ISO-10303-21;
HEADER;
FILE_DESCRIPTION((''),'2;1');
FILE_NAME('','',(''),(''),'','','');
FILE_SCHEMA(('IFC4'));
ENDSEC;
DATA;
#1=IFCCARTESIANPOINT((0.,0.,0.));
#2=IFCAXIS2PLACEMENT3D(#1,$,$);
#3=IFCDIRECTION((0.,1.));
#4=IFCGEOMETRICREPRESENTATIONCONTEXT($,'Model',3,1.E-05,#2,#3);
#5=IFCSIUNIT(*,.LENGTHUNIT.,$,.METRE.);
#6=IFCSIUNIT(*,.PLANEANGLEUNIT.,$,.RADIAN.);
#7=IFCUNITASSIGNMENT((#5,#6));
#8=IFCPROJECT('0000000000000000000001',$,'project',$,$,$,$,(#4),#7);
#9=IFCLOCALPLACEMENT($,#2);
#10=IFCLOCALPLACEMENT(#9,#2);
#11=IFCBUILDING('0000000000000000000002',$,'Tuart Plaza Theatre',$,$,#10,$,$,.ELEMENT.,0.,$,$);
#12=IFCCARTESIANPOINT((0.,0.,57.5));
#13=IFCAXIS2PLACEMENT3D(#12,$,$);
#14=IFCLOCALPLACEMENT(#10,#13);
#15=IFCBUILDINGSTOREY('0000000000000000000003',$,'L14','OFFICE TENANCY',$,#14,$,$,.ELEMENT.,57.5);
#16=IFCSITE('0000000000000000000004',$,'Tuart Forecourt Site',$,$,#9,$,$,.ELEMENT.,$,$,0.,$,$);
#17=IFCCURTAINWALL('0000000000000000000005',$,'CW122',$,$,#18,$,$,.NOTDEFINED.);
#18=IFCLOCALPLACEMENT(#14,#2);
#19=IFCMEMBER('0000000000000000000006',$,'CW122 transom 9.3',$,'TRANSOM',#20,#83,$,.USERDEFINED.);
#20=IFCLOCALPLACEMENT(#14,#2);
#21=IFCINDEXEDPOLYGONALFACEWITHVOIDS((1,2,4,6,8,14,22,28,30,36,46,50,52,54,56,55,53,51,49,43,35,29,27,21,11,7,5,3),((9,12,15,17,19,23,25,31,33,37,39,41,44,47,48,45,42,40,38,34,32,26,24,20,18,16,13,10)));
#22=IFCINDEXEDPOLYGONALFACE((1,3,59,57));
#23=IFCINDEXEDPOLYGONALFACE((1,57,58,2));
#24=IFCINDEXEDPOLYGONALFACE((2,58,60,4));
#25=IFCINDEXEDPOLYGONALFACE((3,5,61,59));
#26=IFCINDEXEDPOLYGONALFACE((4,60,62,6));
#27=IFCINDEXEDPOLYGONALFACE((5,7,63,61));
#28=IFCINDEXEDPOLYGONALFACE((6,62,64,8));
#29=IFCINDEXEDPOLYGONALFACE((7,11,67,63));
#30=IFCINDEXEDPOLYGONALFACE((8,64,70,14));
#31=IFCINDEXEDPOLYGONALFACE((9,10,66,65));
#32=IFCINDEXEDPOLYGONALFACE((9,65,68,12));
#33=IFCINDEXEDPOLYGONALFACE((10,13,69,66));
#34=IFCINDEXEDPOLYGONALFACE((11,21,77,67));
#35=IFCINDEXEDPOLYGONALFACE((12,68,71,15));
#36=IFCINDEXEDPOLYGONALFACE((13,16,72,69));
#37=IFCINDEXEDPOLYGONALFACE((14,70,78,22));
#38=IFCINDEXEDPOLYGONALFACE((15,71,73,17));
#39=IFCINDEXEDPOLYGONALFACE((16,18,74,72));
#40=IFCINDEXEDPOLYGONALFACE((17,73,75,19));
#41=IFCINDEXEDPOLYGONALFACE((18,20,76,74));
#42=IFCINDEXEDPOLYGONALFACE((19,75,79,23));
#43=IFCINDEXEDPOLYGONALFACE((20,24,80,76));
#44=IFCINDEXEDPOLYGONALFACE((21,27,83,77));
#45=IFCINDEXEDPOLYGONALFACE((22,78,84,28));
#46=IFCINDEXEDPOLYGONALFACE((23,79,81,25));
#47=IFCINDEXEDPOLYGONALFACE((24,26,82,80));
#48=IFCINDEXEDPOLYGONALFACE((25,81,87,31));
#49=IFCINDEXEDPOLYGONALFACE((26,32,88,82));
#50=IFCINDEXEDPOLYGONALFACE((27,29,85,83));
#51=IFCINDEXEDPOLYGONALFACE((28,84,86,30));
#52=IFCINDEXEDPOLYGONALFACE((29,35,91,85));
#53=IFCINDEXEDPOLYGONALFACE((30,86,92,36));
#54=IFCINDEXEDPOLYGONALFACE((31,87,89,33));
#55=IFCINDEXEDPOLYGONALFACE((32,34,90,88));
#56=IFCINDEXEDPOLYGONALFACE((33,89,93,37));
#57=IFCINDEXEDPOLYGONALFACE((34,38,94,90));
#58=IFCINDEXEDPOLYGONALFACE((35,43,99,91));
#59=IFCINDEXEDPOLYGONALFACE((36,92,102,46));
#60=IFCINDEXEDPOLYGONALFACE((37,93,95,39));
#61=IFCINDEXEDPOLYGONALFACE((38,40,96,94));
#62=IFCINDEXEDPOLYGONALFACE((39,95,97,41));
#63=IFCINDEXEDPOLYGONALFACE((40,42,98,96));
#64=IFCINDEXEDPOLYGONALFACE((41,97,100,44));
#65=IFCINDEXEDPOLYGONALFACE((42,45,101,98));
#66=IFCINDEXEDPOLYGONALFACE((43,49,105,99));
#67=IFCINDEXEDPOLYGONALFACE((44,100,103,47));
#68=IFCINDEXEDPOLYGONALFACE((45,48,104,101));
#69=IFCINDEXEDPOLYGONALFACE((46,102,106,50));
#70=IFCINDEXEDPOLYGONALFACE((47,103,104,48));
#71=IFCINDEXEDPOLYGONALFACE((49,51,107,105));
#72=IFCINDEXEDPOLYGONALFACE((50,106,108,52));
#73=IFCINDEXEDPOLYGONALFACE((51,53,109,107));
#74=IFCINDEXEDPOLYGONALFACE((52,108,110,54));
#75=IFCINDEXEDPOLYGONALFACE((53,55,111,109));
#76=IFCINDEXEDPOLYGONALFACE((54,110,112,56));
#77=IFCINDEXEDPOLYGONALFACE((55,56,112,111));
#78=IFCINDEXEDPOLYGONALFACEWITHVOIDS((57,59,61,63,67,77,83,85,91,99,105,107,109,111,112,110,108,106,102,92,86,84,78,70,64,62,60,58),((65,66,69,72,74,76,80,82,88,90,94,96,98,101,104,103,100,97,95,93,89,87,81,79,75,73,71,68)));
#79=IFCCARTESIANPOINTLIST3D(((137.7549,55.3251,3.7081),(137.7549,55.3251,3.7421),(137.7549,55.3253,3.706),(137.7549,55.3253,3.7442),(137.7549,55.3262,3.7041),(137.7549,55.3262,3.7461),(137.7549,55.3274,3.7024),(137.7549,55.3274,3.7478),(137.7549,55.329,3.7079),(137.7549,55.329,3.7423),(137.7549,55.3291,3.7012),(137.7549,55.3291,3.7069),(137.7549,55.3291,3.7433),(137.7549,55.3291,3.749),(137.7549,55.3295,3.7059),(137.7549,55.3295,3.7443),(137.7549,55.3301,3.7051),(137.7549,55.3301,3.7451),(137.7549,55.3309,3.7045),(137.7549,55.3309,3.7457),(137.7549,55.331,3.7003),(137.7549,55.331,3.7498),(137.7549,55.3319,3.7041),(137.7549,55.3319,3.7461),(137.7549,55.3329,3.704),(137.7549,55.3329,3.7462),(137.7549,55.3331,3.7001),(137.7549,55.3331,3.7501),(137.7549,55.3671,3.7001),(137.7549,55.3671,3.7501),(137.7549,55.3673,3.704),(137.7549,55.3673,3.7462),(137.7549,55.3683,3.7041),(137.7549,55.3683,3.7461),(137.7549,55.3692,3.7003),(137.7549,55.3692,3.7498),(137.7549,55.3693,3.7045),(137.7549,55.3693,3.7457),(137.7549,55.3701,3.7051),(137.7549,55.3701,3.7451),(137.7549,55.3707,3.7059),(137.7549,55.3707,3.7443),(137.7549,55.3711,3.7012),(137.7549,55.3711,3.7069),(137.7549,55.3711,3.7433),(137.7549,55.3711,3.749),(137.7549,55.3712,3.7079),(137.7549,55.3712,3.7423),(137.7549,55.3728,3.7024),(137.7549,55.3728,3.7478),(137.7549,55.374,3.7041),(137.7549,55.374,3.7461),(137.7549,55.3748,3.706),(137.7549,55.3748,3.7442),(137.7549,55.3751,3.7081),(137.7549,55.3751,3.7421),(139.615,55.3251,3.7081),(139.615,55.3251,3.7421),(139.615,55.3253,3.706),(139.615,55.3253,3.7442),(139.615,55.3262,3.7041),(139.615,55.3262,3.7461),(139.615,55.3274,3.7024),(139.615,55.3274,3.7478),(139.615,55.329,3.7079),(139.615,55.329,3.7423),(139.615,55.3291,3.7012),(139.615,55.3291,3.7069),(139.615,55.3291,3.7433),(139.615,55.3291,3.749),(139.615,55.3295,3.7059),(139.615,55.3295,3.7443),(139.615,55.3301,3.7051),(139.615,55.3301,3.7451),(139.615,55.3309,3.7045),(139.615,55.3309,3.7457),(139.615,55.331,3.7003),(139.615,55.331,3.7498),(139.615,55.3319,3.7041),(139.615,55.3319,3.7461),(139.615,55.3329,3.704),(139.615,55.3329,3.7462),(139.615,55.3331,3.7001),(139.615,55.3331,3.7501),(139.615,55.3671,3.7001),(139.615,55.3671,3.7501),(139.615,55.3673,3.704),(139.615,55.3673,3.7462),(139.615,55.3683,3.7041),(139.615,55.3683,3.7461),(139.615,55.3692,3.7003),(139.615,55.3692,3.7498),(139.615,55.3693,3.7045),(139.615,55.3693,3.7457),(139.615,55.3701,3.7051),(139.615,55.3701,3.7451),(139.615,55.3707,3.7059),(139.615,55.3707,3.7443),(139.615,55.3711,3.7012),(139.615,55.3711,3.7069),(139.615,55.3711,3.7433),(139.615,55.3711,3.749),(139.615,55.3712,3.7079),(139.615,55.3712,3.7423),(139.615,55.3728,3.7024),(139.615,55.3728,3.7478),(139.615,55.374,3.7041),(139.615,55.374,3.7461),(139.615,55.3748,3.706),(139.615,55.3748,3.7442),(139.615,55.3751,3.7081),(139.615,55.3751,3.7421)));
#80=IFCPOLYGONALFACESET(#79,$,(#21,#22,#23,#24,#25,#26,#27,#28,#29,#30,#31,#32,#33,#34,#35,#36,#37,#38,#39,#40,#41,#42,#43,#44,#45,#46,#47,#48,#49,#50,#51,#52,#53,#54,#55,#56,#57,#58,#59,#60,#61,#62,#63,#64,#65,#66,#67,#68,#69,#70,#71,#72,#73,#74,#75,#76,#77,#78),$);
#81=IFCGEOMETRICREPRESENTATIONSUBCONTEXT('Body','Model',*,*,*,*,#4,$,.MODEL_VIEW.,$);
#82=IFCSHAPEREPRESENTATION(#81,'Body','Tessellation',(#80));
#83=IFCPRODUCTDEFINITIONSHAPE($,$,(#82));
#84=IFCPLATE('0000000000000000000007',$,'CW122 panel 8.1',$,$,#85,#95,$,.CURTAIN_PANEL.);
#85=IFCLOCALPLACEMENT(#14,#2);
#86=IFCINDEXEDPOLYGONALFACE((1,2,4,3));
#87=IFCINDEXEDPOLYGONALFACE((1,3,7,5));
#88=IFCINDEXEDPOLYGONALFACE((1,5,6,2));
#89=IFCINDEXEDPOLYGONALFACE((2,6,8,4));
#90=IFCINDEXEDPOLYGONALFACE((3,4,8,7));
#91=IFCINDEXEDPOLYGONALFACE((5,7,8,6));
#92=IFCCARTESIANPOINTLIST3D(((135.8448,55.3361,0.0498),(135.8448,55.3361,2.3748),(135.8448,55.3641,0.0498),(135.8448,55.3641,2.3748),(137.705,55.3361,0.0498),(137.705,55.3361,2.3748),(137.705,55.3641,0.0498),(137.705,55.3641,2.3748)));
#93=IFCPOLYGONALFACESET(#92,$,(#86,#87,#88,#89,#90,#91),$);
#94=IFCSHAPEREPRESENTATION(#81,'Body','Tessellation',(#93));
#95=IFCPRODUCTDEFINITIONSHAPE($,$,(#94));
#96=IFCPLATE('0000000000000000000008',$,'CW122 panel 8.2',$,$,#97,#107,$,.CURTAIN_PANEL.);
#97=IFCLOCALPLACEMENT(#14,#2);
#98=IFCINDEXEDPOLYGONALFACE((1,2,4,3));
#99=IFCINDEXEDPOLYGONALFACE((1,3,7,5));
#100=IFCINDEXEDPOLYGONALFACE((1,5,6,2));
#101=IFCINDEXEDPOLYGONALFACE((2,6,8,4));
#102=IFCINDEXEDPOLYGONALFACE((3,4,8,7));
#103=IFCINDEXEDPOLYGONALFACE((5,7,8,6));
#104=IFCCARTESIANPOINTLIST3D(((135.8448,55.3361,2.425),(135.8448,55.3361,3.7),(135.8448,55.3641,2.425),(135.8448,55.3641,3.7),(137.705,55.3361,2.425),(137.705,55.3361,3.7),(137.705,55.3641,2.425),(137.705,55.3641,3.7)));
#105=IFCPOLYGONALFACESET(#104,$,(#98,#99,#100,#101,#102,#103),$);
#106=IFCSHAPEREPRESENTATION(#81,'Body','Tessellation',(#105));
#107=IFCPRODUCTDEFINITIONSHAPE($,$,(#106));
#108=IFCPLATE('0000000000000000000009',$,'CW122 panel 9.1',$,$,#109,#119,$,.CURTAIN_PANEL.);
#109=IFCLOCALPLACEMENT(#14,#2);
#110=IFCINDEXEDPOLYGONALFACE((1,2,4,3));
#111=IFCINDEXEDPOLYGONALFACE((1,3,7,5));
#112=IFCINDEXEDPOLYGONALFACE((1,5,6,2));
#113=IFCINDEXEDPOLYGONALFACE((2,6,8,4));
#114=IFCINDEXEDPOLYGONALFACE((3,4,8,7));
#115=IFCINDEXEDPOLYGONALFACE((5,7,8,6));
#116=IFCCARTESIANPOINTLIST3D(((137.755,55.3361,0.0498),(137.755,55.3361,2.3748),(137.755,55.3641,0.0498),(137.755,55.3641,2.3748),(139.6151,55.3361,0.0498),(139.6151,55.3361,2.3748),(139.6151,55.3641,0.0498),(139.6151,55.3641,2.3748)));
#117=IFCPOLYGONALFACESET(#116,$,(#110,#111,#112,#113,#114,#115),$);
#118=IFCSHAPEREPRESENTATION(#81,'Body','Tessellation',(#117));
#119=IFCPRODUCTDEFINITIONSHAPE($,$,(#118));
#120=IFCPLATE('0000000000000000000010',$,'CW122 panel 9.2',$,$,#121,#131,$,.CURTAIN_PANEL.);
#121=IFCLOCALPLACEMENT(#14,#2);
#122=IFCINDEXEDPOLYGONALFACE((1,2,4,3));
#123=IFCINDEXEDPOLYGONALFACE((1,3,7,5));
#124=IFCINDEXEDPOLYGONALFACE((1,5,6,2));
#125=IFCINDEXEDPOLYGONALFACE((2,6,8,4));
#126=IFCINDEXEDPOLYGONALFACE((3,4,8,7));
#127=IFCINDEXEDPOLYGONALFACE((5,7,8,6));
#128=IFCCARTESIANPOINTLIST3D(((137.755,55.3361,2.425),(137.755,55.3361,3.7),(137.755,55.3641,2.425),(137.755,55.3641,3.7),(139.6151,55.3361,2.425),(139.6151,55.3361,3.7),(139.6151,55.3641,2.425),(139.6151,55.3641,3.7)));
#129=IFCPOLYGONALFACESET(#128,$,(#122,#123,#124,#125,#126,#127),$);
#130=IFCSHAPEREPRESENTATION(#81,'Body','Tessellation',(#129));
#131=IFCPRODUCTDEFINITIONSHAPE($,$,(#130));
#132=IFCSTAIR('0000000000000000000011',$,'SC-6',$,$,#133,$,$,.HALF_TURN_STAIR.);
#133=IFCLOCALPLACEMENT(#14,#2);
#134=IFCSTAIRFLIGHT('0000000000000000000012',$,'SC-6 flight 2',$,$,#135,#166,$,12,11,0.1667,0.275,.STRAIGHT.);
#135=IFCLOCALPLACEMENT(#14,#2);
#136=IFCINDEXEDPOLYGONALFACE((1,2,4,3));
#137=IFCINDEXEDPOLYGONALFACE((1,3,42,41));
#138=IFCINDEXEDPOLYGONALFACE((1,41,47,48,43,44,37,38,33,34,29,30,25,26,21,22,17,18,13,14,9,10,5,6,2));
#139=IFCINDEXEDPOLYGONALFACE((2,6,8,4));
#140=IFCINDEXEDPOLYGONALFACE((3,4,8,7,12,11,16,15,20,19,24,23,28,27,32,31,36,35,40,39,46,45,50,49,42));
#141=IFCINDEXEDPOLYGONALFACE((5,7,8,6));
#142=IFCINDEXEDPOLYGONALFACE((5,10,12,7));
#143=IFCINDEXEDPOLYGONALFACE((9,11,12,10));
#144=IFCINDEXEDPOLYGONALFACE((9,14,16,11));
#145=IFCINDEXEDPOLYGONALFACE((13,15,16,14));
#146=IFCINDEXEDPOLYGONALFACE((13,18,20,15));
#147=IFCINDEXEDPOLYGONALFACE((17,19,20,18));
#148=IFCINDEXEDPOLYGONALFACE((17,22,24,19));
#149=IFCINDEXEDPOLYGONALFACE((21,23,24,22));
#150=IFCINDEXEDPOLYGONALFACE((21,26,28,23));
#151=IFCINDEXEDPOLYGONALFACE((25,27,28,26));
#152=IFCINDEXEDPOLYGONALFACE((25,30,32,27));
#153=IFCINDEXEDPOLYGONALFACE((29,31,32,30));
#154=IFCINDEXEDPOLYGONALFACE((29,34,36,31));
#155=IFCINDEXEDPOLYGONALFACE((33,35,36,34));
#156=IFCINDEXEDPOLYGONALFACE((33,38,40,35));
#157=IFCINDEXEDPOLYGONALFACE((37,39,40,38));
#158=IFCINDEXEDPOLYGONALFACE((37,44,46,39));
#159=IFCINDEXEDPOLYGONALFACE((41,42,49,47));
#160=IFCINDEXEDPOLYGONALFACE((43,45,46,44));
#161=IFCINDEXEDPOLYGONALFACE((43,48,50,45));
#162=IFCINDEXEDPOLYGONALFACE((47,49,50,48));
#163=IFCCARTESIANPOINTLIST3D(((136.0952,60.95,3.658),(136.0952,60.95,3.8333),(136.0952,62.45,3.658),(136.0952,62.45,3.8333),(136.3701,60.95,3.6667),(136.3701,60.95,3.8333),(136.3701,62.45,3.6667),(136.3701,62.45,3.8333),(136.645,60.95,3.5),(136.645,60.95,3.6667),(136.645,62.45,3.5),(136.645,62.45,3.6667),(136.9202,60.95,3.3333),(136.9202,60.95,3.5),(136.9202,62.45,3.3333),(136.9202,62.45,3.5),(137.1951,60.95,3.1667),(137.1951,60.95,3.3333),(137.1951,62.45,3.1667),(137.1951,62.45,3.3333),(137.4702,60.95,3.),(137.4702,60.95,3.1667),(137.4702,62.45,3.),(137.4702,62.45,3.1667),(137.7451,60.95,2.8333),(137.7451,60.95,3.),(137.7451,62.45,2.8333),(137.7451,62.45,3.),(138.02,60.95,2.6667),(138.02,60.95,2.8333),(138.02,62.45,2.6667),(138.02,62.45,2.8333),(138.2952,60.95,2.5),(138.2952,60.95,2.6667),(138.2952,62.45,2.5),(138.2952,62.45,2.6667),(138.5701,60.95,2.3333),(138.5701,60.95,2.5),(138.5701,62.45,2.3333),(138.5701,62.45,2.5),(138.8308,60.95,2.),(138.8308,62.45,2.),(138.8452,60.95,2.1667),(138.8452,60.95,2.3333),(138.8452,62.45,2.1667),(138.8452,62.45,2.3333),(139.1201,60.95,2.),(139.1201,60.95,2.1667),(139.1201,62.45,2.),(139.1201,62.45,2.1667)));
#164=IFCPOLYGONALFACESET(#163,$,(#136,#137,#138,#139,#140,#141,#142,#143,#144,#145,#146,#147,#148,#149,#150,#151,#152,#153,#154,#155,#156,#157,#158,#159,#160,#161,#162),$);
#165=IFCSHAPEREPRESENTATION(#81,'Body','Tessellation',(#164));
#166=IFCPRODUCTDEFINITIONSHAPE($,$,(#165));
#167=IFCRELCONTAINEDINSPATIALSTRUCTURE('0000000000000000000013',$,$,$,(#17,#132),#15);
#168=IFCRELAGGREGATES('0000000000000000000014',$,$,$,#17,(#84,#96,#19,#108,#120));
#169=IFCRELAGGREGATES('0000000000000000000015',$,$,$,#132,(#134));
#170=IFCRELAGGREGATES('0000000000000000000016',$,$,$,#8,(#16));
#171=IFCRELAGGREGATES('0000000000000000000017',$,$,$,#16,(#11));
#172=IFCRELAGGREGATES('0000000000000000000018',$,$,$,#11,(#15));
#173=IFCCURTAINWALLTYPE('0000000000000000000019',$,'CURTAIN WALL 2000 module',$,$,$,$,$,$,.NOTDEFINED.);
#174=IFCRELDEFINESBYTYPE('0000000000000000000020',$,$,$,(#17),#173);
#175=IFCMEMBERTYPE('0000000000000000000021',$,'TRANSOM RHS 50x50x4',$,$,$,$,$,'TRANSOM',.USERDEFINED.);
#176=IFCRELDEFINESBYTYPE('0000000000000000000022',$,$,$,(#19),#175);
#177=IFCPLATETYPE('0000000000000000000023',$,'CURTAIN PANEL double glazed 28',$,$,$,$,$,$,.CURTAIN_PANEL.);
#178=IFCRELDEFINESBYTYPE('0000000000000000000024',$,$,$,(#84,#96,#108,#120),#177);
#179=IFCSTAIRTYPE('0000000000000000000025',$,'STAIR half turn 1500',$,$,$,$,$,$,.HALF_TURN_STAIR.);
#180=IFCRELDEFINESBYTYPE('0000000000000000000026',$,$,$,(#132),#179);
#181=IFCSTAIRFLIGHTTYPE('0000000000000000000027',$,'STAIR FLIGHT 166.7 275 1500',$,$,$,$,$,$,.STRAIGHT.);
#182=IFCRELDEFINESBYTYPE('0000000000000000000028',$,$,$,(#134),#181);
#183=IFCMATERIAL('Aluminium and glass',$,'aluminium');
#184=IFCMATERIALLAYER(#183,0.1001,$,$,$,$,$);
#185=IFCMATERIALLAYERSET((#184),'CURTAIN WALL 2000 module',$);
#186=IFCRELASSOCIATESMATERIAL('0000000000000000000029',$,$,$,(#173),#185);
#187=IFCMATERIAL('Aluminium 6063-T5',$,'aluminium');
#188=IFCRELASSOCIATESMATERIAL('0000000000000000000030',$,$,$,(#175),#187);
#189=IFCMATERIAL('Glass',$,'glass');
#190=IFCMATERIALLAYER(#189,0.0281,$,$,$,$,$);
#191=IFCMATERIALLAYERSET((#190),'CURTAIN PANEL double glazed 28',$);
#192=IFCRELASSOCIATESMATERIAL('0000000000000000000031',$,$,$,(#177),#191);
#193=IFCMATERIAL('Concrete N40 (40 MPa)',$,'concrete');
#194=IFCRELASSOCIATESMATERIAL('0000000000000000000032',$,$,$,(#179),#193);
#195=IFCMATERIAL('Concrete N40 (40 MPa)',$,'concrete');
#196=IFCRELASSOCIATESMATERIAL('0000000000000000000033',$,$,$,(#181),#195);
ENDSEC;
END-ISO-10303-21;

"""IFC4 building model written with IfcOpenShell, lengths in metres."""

from ifc_helpers import new_model, si_unit, direction, frame, origin, origin_2d, place, context, subcontext, project, spatial, polyline, rectangle, hollow_rectangle, outline, extrude, material, layer, layer_set, material_profile, profile_set, type_object, element, aggregate, save


model = new_model("IFC4")

# Units and contexts
model_context = context("Model", 3, precision=1e-05, world=origin(), true_north=direction((0.0, 1.0)))
body_context = subcontext(model_context, "Body", "Model", "MODEL_VIEW")
ifc_project = project(units=[si_unit("LENGTHUNIT", "METRE"), si_unit("PLANEANGLEUNIT", "RADIAN")], contexts=[model_context])

# Site, building, storey
site_placement = place(None, origin())
site = spatial("IfcSite", under=ifc_project, at=site_placement, Name="Tuart Forecourt Site", CompositionType="ELEMENT", RefElevation=0.0)
building_placement = place(site_placement, origin())
building = spatial("IfcBuilding", under=site, at=building_placement, Name="Tuart Plaza Theatre", CompositionType="ELEMENT", ElevationOfRefHeight=0.0)
storey_placement = place(building_placement, frame((0.0, 0.0, 57.5)))
storey = spatial("IfcBuildingStorey", under=building, at=storey_placement, Name="L14", Description="OFFICE TENANCY", CompositionType="ELEMENT", Elevation=57.5)

# Curtain wall, member, plates
ifc_material_1 = material(Name="Aluminium and glass", Category="aluminium")
ifc_layer_1 = layer(ifc_material_1, 0.1001)
ifc_layer_set_1 = layer_set([ifc_layer_1], Name="CURTAIN WALL 2000 module")
curtain_wall_type = type_object("IfcCurtainWallType", Name="CURTAIN WALL 2000 module", PredefinedType="NOTDEFINED", material=ifc_layer_set_1)
curtain_wall_placement = place(storey_placement, origin())
curtain_wall = element("IfcCurtainWall", 1, at=curtain_wall_placement, inside=storey, type_object=curtain_wall_type, Name="CW122", PredefinedType="NOTDEFINED")
ifc_material_2 = material(Name="Aluminium 6063-T5", Category="aluminium")
ifc_material_profile_1 = material_profile(ifc_material_2, hollow_rectangle(XDim=0.05, YDim=0.05, WallThickness=0.0039, InnerFilletRadius=0.0039, OuterFilletRadius=0.0081, at=origin_2d()), Name="RHS 50x50x4")
ifc_profile_set_1 = profile_set([ifc_material_profile_1], Name="Aluminium 6063-T5")
member_type_1 = type_object("IfcMemberType", Name="TRANSOM RHS 50x50x4", ElementType="TRANSOM", PredefinedType="USERDEFINED", material=ifc_profile_set_1)
member_1_placement = place(storey_placement, frame((137.7549, 55.3501, 3.7251), z_axis=(1.0, 0.0, 0.0), x_axis=(0.0, 1.0, 0.0)))
member_1 = element("IfcMember", 2, at=member_1_placement, type_object=member_type_1, Name="CW122 transom 9.3", ObjectType="TRANSOM", PredefinedType="USERDEFINED", context=body_context, shape_type="SweptSolid", body=[
    extrude(hollow_rectangle(XDim=0.05, YDim=0.05, WallThickness=0.0039, InnerFilletRadius=0.0039, OuterFilletRadius=0.0081, at=origin_2d()), origin(), (0.0, 0.0, 1.0), 1.8601),
])
ifc_material_3 = material(Name="Glass", Category="glass")
ifc_layer_2 = layer(ifc_material_3, 0.0281)
ifc_layer_set_2 = layer_set([ifc_layer_2], Name="CURTAIN PANEL double glazed 28")
plate_type = type_object("IfcPlateType", Name="CURTAIN PANEL double glazed 28", PredefinedType="CURTAIN_PANEL", material=ifc_layer_set_2)
plate_1_placement = place(storey_placement, frame((136.7749, 55.3501, 0.0498), z_axis=(0.0, 0.0, 1.0), x_axis=(1.0, 0.0, 0.0)))
plate_1 = element("IfcPlate", 3, at=plate_1_placement, type_object=plate_type, Name="CW122 panel 8.1", PredefinedType="CURTAIN_PANEL", context=body_context, shape_type="SweptSolid", body=[
    extrude(rectangle(XDim=1.8601, YDim=0.0281, at=origin_2d()), origin(), (0.0, 0.0, 1.0), 2.325),
])
plate_2_placement = place(storey_placement, frame((136.7749, 55.3501, 2.425), z_axis=(0.0, 0.0, 1.0), x_axis=(1.0, 0.0, 0.0)))
plate_2 = element("IfcPlate", 4, at=plate_2_placement, type_object=plate_type, Name="CW122 panel 8.2", PredefinedType="CURTAIN_PANEL", context=body_context, shape_type="SweptSolid", body=[
    extrude(rectangle(XDim=1.8601, YDim=0.0281, at=origin_2d()), origin(), (0.0, 0.0, 1.0), 1.2749),
])
plate_3_placement = place(storey_placement, frame((138.6851, 55.3501, 0.0498), z_axis=(0.0, 0.0, 1.0), x_axis=(1.0, 0.0, 0.0)))
plate_3 = element("IfcPlate", 5, at=plate_3_placement, type_object=plate_type, Name="CW122 panel 9.1", PredefinedType="CURTAIN_PANEL", context=body_context, shape_type="SweptSolid", body=[
    extrude(rectangle(XDim=1.8601, YDim=0.0281, at=origin_2d()), origin(), (0.0, 0.0, 1.0), 2.325),
])
plate_4_placement = place(storey_placement, frame((138.6851, 55.3501, 2.425), z_axis=(0.0, 0.0, 1.0), x_axis=(1.0, 0.0, 0.0)))
plate_4 = element("IfcPlate", 6, at=plate_4_placement, type_object=plate_type, Name="CW122 panel 9.2", PredefinedType="CURTAIN_PANEL", context=body_context, shape_type="SweptSolid", body=[
    extrude(rectangle(XDim=1.8601, YDim=0.0281, at=origin_2d()), origin(), (0.0, 0.0, 1.0), 1.2749),
])
aggregate(curtain_wall, [plate_1, plate_2, member_1, plate_3, plate_4])

# Stair, stair flight
ifc_material_4 = material(Name="Concrete N40 (40 MPa)", Category="concrete")
stair_type = type_object("IfcStairType", Name="STAIR half turn 1500", PredefinedType="HALF_TURN_STAIR", material=ifc_material_4)
stair_placement = place(storey_placement, origin())
stair = element("IfcStair", 7, at=stair_placement, inside=storey, type_object=stair_type, Name="SC-6", PredefinedType="HALF_TURN_STAIR")
ifc_material_5 = material(Name="Concrete N40 (40 MPa)", Category="concrete")
stair_flight_type = type_object("IfcStairFlightType", Name="STAIR FLIGHT 166.7 275 1500", PredefinedType="STRAIGHT", material=ifc_material_5)
stair_flight_placement = place(storey_placement, frame((139.1201, 61.7, 2.0), z_axis=(0.0, 0.0, 1.0), x_axis=(-1.0, 0.0, 0.0)))
stair_flight = element("IfcStairFlight", 8, at=stair_flight_placement, type_object=stair_flight_type, Name="SC-6 flight 2", NumberOfRisers=12, NumberOfTreads=11, PredefinedType="STRAIGHT", RiserHeight=0.1667, TreadLength=0.275, context=body_context, shape_type="SweptSolid", body=[
    extrude(outline(polyline([(0.0, 0.0), (0.0, 0.1667), (0.2749, 0.1667), (0.2749, 0.3333), (0.55, 0.3333), (0.55, 0.5), (0.825, 0.5), (0.825, 0.6667), (1.1001, 0.6667), (1.1001, 0.8333), (1.375, 0.8333), (1.375, 1.0), (1.6499, 1.0), (1.6499, 1.1667), (1.925, 1.1667), (1.925, 1.3333), (2.2, 1.3333), (2.2, 1.5), (2.4751, 1.5), (2.4751, 1.6667), (2.75, 1.6667), (2.75, 1.8333), (3.0249, 1.8333), (3.0249, 2.0), (3.0249, 1.658), (0.2893, 0.0), (0.0, 0.0)])), frame((0.0, 0.75, 0.0), z_axis=(0.0, -1.0, 0.0), x_axis=(1.0, 0.0, 0.0)), (0.0, 0.0, 1.0), 1.5),
])
aggregate(stair, [stair_flight])

save(model, "model.ifc")
